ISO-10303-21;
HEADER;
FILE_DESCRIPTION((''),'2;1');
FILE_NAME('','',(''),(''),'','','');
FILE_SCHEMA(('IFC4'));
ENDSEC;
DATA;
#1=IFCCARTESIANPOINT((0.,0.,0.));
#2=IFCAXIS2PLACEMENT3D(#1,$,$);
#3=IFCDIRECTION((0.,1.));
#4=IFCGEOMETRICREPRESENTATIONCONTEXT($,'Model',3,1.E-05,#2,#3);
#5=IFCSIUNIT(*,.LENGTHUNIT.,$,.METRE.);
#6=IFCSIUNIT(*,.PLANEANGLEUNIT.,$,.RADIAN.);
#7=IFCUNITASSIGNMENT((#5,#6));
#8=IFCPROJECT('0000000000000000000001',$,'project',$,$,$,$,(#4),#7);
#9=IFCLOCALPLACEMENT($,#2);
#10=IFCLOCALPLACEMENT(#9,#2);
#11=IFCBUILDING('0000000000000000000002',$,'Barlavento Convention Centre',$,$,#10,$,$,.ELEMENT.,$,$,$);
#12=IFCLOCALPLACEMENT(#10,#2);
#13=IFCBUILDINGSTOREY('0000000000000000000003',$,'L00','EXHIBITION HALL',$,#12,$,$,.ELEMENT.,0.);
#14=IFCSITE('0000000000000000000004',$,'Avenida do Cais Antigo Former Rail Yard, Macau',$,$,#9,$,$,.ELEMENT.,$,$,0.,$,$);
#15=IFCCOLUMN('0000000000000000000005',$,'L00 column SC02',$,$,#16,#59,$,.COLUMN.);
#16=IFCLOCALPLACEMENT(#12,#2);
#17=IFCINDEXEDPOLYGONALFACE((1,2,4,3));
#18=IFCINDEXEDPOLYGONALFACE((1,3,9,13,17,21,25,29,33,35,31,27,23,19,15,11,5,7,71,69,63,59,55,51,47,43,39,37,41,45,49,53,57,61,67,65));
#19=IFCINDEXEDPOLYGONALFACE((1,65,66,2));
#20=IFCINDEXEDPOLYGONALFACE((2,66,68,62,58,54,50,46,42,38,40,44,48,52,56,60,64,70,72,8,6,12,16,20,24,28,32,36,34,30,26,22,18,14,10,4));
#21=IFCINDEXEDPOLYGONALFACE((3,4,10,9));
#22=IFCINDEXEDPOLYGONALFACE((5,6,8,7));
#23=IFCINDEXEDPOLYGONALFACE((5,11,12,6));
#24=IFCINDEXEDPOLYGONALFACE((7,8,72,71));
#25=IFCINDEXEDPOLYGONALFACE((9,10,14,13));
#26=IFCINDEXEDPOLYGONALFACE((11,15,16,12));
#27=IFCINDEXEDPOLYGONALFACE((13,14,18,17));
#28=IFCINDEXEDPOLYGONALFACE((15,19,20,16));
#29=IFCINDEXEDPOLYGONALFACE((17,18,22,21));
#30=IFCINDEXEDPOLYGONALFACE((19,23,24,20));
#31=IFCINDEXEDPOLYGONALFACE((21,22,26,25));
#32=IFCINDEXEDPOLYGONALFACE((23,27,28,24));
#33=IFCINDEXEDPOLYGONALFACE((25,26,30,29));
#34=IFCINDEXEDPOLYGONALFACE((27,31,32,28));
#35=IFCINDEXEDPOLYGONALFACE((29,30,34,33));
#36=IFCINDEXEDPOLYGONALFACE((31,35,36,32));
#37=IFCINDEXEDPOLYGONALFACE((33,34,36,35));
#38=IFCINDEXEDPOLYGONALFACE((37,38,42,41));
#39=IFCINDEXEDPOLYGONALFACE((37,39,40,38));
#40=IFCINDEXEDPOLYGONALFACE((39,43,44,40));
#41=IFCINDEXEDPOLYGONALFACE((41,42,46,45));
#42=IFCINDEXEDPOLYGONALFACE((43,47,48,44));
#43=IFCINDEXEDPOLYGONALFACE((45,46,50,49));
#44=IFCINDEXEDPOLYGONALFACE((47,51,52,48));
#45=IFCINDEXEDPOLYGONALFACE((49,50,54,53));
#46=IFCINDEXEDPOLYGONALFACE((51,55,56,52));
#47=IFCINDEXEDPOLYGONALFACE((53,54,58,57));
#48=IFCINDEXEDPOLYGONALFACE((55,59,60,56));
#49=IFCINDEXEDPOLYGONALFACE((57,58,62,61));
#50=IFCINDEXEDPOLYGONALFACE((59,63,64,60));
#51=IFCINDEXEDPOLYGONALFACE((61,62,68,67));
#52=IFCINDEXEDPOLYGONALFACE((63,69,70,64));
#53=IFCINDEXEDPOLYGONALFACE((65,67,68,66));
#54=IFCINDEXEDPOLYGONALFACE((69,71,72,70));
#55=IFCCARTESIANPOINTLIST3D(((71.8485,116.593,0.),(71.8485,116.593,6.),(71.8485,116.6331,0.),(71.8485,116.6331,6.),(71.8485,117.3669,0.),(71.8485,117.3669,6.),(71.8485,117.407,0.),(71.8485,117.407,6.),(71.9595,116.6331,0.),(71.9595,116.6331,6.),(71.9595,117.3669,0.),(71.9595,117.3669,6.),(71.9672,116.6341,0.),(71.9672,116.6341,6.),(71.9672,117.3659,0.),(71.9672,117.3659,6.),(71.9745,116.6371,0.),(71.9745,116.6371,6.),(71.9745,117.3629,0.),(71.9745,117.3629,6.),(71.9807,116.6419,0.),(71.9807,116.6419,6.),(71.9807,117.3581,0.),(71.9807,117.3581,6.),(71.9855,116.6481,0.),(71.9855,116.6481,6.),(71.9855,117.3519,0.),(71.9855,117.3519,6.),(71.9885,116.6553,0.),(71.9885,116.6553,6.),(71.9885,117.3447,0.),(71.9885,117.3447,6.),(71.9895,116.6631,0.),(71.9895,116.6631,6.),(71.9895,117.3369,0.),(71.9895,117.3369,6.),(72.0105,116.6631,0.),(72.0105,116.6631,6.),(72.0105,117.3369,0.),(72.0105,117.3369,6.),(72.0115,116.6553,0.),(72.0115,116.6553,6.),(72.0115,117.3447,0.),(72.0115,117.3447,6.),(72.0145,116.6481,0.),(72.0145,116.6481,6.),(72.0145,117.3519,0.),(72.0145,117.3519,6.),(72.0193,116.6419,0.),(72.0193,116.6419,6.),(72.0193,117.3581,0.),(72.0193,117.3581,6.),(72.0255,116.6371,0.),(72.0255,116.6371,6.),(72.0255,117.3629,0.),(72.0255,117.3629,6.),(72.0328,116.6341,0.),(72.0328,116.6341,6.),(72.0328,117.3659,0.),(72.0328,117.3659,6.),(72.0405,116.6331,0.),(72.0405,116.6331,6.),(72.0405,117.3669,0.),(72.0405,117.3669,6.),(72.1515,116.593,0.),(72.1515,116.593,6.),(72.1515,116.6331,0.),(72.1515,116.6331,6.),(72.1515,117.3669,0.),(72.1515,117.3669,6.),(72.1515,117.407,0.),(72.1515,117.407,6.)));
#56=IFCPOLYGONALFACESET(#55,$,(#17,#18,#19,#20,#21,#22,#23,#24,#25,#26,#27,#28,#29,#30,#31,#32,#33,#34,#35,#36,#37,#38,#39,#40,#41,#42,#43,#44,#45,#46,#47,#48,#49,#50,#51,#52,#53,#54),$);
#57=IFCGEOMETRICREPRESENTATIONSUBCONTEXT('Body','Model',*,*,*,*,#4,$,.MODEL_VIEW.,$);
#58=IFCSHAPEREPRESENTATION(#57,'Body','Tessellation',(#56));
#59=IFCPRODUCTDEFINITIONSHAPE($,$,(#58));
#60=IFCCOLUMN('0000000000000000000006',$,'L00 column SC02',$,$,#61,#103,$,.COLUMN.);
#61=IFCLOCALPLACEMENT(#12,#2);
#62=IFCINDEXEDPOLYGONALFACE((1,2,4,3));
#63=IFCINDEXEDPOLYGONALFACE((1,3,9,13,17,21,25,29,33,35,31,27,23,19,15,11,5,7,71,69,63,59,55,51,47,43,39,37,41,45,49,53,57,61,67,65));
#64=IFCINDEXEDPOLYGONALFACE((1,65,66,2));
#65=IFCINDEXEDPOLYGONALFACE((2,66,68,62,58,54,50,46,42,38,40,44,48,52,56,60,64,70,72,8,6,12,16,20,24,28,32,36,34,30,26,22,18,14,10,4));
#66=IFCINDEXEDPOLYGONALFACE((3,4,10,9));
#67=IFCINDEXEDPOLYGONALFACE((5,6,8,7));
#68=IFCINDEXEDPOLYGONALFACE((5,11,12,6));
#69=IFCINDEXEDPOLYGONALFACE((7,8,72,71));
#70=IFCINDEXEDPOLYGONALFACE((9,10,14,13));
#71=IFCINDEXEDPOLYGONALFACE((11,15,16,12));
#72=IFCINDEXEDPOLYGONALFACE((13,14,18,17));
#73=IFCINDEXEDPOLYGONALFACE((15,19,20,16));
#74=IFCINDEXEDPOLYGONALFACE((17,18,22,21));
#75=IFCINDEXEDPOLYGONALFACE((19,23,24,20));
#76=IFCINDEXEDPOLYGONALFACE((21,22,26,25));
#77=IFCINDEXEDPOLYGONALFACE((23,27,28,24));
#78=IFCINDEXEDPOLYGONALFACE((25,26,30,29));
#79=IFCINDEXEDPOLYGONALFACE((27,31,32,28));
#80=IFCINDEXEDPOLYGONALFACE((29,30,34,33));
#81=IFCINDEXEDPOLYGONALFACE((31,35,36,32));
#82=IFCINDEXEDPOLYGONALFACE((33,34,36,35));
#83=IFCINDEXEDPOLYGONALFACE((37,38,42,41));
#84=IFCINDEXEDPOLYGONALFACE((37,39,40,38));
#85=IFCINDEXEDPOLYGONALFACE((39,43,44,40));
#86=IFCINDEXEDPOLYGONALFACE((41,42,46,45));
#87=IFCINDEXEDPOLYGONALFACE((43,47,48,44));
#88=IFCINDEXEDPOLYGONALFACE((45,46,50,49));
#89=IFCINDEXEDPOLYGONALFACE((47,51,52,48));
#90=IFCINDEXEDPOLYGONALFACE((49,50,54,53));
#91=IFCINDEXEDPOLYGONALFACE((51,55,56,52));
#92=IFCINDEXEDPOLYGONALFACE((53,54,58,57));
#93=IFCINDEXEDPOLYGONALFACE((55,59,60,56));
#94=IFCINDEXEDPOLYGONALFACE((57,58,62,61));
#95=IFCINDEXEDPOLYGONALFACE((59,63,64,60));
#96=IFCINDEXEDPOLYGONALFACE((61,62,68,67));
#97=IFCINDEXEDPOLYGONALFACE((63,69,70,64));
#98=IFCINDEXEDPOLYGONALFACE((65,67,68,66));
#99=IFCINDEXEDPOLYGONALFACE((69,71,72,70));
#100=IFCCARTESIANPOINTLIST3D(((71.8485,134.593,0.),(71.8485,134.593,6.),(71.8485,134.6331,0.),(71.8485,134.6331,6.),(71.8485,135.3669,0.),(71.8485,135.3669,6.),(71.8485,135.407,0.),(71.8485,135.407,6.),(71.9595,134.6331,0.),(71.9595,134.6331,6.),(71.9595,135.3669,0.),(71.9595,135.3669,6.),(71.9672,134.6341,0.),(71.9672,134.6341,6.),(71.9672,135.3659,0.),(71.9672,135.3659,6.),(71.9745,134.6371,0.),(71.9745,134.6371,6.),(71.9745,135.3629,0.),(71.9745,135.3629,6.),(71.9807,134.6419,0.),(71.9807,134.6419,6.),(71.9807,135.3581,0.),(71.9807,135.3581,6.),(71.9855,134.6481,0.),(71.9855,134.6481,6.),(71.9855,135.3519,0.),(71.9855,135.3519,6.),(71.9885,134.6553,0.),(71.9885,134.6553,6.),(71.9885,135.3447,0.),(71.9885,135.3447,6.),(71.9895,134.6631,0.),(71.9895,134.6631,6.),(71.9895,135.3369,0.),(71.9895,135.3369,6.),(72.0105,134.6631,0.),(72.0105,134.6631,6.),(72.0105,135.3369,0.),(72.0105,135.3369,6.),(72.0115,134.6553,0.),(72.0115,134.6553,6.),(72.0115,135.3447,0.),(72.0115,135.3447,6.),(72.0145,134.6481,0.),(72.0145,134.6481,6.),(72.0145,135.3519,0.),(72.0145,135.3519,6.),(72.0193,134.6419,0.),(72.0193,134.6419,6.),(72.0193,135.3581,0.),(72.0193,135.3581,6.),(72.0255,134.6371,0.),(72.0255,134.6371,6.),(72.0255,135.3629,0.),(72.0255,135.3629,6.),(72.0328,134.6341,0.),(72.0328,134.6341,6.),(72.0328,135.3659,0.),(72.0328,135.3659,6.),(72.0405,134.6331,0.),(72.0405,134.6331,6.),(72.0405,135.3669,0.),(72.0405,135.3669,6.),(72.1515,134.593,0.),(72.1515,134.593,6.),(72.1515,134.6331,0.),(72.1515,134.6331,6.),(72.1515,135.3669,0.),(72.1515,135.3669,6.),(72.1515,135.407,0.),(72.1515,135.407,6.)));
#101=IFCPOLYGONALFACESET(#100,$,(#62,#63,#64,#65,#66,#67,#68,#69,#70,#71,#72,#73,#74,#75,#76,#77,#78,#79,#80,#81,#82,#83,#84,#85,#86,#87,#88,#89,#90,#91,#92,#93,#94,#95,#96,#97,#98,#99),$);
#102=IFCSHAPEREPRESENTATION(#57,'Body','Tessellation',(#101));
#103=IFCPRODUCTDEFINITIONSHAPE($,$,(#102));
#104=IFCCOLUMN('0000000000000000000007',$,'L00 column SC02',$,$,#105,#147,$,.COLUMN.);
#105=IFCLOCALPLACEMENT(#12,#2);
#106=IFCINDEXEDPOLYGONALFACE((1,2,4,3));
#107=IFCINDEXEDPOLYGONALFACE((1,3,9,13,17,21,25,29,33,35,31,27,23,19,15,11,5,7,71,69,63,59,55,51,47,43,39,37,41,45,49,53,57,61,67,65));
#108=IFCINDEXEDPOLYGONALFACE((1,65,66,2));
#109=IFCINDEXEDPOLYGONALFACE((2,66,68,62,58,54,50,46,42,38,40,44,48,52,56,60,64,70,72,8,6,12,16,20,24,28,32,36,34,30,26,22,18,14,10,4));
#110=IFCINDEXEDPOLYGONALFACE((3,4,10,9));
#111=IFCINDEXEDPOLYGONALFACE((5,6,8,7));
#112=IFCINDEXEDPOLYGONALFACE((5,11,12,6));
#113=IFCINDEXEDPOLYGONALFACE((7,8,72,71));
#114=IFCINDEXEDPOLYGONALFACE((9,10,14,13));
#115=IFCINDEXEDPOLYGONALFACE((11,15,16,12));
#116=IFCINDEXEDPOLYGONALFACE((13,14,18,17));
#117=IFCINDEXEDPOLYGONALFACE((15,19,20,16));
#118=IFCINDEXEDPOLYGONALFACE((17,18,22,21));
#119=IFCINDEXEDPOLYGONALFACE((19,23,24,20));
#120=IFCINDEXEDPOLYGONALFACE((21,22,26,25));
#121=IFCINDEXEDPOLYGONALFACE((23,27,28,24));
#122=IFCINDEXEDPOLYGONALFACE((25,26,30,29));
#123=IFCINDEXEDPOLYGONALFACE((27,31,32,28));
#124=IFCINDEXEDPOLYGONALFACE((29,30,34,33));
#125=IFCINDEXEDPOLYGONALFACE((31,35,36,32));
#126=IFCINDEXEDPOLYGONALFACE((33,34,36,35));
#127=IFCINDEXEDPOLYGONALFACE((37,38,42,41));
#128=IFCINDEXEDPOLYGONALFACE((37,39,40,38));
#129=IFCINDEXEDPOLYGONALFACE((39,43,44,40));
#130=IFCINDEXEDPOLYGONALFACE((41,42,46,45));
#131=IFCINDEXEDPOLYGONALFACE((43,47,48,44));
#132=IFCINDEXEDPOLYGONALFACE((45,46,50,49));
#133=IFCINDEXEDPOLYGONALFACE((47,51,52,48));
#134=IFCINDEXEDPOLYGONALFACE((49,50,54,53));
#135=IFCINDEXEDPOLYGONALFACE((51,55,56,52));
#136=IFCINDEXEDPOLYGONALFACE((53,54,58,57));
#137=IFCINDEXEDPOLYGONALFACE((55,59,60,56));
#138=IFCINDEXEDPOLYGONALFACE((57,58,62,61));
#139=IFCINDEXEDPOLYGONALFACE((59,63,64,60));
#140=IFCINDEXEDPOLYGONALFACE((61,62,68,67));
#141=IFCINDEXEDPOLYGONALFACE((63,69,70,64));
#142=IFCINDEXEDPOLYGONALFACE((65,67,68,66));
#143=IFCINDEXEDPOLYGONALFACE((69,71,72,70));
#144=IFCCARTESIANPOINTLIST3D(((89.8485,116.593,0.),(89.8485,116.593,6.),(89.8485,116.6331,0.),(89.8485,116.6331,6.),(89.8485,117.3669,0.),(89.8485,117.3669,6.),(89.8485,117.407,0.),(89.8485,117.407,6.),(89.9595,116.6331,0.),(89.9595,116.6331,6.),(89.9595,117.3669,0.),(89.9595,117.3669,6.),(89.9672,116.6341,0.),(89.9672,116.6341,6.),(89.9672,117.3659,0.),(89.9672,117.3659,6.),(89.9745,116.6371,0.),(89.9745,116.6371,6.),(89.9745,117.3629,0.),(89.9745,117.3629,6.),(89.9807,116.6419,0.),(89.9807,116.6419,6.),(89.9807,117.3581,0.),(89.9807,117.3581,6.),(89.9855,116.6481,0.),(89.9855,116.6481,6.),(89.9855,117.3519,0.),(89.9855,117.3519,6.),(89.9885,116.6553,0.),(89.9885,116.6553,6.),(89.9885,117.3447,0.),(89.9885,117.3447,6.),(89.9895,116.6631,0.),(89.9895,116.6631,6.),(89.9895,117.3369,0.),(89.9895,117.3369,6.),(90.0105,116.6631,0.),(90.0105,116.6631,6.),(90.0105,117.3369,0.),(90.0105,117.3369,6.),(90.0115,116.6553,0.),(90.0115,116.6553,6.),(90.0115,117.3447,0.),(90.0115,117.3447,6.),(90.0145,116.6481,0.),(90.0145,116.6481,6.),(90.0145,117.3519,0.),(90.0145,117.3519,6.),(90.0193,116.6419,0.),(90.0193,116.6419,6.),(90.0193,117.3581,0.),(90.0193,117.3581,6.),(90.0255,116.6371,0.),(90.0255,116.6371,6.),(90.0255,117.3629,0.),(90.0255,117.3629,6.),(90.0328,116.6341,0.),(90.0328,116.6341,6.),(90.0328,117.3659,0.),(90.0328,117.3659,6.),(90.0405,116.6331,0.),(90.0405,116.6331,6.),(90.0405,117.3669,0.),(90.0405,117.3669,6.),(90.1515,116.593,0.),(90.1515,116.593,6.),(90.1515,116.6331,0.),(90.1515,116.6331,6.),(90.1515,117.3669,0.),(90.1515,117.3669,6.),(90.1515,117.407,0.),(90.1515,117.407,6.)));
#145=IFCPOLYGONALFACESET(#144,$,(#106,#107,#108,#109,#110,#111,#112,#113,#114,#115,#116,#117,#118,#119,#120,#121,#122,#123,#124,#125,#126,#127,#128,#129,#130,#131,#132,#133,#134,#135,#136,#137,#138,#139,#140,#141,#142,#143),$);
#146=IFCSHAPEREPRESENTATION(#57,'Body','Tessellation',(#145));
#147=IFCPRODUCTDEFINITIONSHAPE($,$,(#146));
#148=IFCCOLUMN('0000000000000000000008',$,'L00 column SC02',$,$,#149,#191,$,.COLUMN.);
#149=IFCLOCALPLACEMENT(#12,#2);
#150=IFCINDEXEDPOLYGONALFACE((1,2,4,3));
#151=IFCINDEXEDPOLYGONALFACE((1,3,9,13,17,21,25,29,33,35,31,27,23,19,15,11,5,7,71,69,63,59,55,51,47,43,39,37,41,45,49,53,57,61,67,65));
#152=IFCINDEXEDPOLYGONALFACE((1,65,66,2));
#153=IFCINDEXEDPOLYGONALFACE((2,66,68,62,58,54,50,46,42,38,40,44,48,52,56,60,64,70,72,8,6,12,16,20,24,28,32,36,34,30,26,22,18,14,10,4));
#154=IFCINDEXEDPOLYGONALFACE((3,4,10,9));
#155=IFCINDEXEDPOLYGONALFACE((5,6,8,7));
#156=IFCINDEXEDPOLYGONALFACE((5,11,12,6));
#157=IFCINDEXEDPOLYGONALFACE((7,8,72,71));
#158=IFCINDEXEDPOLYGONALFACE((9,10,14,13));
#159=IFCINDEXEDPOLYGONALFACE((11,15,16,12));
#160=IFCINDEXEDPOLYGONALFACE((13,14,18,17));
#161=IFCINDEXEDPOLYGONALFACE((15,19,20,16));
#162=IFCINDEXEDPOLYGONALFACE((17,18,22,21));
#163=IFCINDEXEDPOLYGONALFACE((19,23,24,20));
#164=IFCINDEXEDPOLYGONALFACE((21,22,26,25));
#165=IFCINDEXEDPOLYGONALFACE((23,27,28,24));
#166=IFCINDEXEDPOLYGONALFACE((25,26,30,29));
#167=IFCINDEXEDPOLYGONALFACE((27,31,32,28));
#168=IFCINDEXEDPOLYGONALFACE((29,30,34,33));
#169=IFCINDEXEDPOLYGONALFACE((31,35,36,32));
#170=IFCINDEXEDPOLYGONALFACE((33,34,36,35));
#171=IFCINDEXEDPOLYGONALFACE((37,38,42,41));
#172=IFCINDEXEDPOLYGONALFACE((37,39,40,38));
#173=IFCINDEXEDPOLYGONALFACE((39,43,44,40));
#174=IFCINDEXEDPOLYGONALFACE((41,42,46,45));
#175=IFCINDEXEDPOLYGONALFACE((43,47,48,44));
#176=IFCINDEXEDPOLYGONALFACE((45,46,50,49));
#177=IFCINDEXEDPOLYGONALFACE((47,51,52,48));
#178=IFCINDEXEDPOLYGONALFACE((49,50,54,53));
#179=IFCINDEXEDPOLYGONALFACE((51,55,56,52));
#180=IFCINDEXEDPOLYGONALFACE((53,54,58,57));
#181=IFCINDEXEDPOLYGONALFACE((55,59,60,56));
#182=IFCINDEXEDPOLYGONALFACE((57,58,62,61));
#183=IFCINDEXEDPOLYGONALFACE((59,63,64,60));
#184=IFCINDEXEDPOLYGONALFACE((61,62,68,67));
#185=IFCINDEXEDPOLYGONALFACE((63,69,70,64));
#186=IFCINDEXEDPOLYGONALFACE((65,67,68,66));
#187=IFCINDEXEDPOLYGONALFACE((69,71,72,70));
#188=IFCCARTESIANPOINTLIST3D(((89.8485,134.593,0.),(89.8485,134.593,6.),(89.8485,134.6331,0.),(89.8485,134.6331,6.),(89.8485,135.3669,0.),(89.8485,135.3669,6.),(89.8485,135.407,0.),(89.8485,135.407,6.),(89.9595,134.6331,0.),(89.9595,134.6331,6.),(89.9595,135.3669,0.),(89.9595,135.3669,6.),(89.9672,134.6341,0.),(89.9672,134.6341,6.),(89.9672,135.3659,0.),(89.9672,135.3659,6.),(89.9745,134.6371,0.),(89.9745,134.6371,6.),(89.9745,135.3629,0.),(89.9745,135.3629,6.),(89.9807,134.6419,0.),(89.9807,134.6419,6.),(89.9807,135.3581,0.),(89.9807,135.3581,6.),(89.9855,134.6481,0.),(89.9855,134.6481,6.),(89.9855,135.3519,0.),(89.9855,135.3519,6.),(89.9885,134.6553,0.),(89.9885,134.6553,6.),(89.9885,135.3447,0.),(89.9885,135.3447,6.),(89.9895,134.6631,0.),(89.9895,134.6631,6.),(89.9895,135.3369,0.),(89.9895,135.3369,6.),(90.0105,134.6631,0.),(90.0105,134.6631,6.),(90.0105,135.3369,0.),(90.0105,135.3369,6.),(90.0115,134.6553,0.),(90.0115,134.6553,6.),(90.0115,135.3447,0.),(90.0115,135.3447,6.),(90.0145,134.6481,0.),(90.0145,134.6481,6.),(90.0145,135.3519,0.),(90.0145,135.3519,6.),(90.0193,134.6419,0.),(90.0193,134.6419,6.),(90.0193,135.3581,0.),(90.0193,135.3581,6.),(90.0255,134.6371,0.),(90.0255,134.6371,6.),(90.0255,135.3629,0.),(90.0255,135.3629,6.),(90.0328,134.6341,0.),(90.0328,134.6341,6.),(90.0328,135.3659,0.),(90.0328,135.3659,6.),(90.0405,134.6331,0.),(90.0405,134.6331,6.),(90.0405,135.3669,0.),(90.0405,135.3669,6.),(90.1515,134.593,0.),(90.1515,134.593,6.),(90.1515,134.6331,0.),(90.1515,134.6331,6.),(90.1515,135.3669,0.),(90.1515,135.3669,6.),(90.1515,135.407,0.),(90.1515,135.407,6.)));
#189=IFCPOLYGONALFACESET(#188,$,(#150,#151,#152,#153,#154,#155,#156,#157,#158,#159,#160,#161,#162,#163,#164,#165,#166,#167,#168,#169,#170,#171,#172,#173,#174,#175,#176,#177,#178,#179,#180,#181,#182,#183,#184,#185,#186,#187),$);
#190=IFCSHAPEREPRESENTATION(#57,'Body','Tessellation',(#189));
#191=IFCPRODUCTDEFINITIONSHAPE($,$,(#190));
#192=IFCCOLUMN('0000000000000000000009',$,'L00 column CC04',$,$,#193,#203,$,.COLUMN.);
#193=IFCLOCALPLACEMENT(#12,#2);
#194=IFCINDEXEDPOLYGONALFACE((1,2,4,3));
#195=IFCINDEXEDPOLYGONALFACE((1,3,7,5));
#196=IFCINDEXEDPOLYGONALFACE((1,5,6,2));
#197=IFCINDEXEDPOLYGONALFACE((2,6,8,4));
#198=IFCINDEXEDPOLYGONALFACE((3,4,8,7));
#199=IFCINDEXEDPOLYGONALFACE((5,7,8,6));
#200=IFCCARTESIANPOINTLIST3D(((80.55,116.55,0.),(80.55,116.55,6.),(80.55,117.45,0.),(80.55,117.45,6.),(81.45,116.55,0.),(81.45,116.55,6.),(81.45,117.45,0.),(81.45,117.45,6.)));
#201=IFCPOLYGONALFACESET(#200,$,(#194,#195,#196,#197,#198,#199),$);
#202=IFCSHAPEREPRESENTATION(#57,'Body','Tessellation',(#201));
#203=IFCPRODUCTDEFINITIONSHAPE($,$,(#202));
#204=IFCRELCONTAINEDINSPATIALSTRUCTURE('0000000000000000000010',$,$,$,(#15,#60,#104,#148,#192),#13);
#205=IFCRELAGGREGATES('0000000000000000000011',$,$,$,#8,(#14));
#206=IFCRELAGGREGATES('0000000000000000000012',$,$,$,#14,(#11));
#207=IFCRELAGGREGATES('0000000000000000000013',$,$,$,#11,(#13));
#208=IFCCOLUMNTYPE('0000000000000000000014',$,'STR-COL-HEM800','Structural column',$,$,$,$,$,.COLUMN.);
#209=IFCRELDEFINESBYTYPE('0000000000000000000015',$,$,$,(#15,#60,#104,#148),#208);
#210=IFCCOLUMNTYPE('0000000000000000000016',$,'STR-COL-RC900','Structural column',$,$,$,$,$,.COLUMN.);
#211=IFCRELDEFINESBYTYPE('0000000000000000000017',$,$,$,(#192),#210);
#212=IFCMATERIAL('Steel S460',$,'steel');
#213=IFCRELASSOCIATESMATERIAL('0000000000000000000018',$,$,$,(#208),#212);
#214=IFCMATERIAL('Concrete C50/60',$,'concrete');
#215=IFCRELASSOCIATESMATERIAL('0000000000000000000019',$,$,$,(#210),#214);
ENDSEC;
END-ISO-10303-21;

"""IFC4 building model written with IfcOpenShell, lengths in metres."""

from ifc_helpers import new_model, si_unit, direction, frame, origin, origin_2d, place, context, subcontext, project, spatial, rectangle, i_section, extrude, material, material_profile, profile_set, type_object, element, save


model = new_model("IFC4")

# Units and contexts
model_context = context("Model", 3, precision=1e-05, world=origin(), true_north=direction((0.0, 1.0)))
body_context = subcontext(model_context, "Body", "Model", "MODEL_VIEW")
ifc_project = project(units=[si_unit("LENGTHUNIT", "METRE"), si_unit("PLANEANGLEUNIT", "RADIAN")], contexts=[model_context])

# Site, building, storey
site_placement = place(None, origin())
site = spatial("IfcSite", under=ifc_project, at=site_placement, Name="Avenida do Cais Antigo Former Rail Yard, Macau", CompositionType="ELEMENT", RefElevation=0.0)
building_placement = place(site_placement, origin())
building = spatial("IfcBuilding", under=site, at=building_placement, Name="Barlavento Convention Centre", CompositionType="ELEMENT")
storey_placement = place(building_placement, origin())
storey = spatial("IfcBuildingStorey", under=building, at=storey_placement, Name="L00", Description="EXHIBITION HALL", CompositionType="ELEMENT", Elevation=0.0)

# Columns
ifc_material_1 = material(Name="Steel S460", Category="steel")
ifc_material_profile_1 = material_profile(ifc_material_1, i_section(OverallWidth=0.303, OverallDepth=0.814, WebThickness=0.021, FlangeThickness=0.04, FilletRadius=0.03, at=origin_2d()), Name="HEM 800")
ifc_profile_set_1 = profile_set([ifc_material_profile_1], Name="Steel S460")
column_type_1 = type_object("IfcColumnType", Name="STR-COL-HEM800", Description="Structural column", PredefinedType="COLUMN", material=ifc_profile_set_1)
for number, where, z_axis, x_axis, name in (
    (1, (72.0, 117.0, 0.0), (0.0, 0.0, 1.0), (1.0, 0.0, 0.0), "L00 column SC02"),
    (2, (72.0, 135.0, 0.0), (0.0, 0.0, 1.0), (1.0, 0.0, 0.0), "L00 column SC02"),
    (3, (90.0, 117.0, 0.0), (0.0, 0.0, 1.0), (1.0, 0.0, 0.0), "L00 column SC02"),
    (4, (90.0, 135.0, 0.0), (0.0, 0.0, 1.0), (1.0, 0.0, 0.0), "L00 column SC02"),
):
    element("IfcColumn", number, at=place(storey_placement, frame(where, z_axis=z_axis, x_axis=x_axis)), inside=storey, type_object=column_type_1, Name=name, PredefinedType="COLUMN", context=body_context, shape_type="SweptSolid", body=[
        extrude(i_section(OverallWidth=0.303, OverallDepth=0.814, WebThickness=0.021, FlangeThickness=0.04, FilletRadius=0.03, at=origin_2d()), origin(), (0.0, 0.0, 1.0), 6.0),
    ])
ifc_material_2 = material(Name="Concrete C50/60", Category="concrete")
ifc_material_profile_2 = material_profile(ifc_material_2, rectangle(XDim=0.8999, YDim=0.8999, at=origin_2d()), Name="RC 900x900")
ifc_profile_set_2 = profile_set([ifc_material_profile_2], Name="Concrete C50/60")
column_type_2 = type_object("IfcColumnType", Name="STR-COL-RC900", Description="Structural column", PredefinedType="COLUMN", material=ifc_profile_set_2)
for number, where, z_axis, x_axis, name in (
    (5, (81.0, 117.0, 0.0), (0.0, 0.0, 1.0), (1.0, 0.0, 0.0), "L00 column CC04"),
):
    element("IfcColumn", number, at=place(storey_placement, frame(where, z_axis=z_axis, x_axis=x_axis)), inside=storey, type_object=column_type_2, Name=name, PredefinedType="COLUMN", context=body_context, shape_type="SweptSolid", body=[
        extrude(rectangle(XDim=0.8999, YDim=0.8999, at=origin_2d()), origin(), (0.0, 0.0, 1.0), 6.0),
    ])

save(model, "model.ifc")
